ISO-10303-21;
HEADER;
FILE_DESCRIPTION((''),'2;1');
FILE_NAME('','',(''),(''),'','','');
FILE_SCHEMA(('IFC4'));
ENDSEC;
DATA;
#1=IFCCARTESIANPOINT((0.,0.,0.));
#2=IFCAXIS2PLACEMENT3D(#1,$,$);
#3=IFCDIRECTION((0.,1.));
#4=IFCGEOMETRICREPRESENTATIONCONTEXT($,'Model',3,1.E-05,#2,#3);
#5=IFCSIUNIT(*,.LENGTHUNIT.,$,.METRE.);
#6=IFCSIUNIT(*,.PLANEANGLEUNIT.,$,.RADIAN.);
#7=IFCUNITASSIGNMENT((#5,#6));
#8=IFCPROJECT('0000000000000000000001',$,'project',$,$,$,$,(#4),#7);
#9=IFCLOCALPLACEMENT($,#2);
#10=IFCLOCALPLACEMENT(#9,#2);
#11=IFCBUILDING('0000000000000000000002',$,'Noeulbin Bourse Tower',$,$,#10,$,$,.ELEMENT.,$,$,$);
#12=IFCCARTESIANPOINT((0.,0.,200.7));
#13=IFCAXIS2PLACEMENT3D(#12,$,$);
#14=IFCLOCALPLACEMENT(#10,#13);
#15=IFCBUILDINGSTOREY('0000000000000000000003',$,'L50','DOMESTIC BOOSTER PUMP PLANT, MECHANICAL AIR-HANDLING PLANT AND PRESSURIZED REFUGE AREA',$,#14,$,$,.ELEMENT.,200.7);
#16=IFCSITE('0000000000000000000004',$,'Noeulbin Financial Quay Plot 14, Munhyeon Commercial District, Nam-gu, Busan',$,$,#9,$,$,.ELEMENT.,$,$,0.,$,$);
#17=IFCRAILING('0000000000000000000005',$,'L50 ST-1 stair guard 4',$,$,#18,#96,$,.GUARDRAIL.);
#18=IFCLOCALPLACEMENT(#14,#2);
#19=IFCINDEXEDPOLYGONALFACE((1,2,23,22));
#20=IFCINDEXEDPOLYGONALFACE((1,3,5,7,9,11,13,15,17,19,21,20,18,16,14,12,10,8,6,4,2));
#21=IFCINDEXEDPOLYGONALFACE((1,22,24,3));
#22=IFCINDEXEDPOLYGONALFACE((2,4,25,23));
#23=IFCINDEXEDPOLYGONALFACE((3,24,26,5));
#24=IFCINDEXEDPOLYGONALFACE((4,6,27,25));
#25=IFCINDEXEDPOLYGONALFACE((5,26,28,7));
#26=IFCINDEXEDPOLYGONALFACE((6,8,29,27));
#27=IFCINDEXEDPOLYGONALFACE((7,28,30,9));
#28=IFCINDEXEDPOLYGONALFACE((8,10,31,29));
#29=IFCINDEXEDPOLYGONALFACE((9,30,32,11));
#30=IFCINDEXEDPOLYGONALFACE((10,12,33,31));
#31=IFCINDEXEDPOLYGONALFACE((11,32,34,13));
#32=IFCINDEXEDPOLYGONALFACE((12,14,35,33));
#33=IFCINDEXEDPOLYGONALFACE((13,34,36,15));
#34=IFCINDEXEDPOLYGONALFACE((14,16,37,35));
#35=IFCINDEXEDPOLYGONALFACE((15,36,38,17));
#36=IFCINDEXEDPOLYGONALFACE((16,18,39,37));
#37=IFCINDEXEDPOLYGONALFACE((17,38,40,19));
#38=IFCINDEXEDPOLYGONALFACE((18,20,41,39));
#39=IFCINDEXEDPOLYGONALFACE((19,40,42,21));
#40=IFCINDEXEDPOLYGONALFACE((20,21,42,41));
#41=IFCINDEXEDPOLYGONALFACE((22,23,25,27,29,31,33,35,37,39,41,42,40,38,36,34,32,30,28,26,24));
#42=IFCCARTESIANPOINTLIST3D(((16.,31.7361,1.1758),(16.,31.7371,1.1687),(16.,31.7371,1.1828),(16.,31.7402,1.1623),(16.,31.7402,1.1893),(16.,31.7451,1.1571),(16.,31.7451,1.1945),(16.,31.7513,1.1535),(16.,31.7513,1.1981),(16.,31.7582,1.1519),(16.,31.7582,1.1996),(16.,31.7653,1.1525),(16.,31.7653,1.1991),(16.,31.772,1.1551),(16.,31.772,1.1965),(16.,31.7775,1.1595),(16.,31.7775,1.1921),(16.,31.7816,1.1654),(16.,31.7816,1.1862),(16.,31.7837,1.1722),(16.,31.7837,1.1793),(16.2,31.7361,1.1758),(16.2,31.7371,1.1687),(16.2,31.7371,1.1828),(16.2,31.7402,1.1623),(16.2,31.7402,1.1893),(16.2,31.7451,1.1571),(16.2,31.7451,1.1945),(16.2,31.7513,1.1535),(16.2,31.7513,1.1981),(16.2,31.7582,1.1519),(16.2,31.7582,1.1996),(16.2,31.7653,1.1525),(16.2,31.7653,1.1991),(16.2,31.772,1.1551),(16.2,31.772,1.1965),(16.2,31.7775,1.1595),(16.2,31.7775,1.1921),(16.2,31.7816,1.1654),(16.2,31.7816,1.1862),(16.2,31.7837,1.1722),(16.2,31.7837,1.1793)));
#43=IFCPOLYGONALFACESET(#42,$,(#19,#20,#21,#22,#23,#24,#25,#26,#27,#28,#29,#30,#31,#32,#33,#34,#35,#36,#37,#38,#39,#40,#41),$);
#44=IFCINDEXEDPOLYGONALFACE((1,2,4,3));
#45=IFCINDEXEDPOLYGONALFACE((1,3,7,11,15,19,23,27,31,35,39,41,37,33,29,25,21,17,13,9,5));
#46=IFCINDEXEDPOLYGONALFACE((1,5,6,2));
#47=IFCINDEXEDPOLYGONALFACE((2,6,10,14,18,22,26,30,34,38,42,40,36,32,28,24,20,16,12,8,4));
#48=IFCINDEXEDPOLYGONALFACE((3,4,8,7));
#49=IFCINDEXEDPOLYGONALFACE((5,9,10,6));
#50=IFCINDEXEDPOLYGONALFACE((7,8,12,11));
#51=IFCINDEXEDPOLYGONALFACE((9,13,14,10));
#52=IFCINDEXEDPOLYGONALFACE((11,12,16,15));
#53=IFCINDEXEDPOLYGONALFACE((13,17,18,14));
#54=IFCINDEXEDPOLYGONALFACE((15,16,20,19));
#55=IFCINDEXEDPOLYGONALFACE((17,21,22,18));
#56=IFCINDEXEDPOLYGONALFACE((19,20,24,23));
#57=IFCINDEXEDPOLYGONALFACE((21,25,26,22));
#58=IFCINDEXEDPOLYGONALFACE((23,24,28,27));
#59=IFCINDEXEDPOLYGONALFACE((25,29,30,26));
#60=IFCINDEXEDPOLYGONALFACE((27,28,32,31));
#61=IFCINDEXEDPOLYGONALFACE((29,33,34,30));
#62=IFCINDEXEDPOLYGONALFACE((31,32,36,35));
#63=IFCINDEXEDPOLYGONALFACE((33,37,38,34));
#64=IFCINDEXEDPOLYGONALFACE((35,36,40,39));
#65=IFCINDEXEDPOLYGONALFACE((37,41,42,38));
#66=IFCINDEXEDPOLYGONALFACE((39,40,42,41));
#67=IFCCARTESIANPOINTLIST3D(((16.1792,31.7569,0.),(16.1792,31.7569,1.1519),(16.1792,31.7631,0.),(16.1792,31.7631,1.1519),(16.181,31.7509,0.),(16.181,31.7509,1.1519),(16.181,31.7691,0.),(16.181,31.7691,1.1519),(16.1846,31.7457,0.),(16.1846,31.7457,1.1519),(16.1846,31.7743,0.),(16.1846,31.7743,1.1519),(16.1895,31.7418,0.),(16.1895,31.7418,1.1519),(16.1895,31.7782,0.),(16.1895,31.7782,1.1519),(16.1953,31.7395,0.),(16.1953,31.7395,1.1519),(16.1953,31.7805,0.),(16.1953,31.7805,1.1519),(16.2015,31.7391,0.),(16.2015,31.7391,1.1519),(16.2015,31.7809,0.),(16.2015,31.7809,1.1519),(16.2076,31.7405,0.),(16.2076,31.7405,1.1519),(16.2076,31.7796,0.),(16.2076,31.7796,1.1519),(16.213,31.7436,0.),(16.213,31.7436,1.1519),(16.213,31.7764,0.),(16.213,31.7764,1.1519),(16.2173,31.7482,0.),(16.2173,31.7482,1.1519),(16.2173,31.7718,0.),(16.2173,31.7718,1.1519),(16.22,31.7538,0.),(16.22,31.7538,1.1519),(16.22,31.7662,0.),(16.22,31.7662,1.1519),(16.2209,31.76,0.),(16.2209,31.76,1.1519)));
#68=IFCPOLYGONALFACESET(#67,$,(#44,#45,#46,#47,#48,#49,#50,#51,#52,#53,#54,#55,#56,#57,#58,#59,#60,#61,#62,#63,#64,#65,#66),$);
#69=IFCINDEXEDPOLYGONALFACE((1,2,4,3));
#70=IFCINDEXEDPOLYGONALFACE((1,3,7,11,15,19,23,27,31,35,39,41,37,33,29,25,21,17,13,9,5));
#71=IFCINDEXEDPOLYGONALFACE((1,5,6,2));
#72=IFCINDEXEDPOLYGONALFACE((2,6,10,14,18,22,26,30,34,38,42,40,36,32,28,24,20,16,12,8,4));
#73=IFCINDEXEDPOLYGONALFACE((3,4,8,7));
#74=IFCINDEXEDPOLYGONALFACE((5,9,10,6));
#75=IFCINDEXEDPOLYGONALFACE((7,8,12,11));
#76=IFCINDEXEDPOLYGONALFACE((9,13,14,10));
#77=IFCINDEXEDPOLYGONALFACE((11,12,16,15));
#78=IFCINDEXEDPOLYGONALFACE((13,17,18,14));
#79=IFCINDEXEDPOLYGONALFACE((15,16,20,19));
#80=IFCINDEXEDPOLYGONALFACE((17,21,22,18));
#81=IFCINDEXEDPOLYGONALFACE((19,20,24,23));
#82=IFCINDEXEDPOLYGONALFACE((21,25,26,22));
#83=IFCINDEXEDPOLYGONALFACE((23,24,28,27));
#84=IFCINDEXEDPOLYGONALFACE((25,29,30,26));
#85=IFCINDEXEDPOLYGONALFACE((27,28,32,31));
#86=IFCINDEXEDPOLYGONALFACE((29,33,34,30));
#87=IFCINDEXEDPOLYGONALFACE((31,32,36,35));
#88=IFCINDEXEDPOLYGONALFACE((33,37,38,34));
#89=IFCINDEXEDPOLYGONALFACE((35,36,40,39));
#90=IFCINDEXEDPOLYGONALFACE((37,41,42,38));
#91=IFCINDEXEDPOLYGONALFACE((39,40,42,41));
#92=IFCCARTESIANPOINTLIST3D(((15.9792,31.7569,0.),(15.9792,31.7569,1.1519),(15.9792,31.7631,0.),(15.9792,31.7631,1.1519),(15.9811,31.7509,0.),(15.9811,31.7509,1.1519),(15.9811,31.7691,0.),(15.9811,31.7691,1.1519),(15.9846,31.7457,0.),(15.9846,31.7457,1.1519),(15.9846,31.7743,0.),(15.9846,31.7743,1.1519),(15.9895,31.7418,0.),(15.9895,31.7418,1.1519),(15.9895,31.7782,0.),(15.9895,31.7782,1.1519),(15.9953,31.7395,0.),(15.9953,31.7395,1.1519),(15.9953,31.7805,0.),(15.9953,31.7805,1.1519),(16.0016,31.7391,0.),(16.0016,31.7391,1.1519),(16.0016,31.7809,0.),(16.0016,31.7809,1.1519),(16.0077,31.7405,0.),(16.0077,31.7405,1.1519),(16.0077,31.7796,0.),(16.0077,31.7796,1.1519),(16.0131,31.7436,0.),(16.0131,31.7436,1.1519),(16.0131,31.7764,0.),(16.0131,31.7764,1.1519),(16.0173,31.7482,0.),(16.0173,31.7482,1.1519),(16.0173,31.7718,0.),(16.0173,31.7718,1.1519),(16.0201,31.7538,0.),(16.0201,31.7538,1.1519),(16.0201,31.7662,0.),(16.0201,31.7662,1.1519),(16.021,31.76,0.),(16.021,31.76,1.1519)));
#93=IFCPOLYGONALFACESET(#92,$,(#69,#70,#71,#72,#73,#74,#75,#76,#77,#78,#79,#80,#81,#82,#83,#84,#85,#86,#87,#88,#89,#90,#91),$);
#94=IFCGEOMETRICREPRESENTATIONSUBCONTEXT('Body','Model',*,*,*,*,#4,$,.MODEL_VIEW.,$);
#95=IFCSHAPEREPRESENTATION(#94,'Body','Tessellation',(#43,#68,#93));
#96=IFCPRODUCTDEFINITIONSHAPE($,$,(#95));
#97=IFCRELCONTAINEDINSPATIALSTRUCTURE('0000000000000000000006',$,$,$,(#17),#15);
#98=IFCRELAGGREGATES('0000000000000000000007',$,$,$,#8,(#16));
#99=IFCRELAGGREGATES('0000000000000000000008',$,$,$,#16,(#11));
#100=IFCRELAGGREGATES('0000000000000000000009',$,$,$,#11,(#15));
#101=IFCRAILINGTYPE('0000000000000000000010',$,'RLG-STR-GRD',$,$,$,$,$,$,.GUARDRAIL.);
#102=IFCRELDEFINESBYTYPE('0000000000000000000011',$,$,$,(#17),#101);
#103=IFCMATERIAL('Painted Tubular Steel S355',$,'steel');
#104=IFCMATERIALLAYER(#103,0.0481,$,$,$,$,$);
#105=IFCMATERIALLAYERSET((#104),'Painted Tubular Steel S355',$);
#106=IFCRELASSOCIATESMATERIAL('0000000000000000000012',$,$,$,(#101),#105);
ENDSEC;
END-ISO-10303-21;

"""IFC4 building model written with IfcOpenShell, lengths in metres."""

from ifc_helpers import new_model, si_unit, direction, frame, origin, origin_2d, place, context, subcontext, project, spatial, circle, extrude, material, layer, layer_set, type_object, element, save


model = new_model("IFC4")

# Units and contexts
model_context = context("Model", 3, precision=1e-05, world=origin(), true_north=direction((0.0, 1.0)))
body_context = subcontext(model_context, "Body", "Model", "MODEL_VIEW")
ifc_project = project(units=[si_unit("LENGTHUNIT", "METRE"), si_unit("PLANEANGLEUNIT", "RADIAN")], contexts=[model_context])

# Site, building, storey
site_placement = place(None, origin())
site = spatial("IfcSite", under=ifc_project, at=site_placement, Name="Noeulbin Financial Quay Plot 14, Munhyeon Commercial District, Nam-gu, Busan", CompositionType="ELEMENT", RefElevation=0.0)
building_placement = place(site_placement, origin())
building = spatial("IfcBuilding", under=site, at=building_placement, Name="Noeulbin Bourse Tower", CompositionType="ELEMENT")
storey_placement = place(building_placement, frame((0.0, 0.0, 200.7)))
storey = spatial("IfcBuildingStorey", under=building, at=storey_placement, Name="L50", Description="DOMESTIC BOOSTER PUMP PLANT, MECHANICAL AIR-HANDLING PLANT AND PRESSURIZED REFUGE AREA", CompositionType="ELEMENT", Elevation=200.7)

# Railing
ifc_material_1 = material(Name="Painted Tubular Steel S355", Category="steel")
ifc_layer_1 = layer(ifc_material_1, 0.0481)
ifc_layer_set_1 = layer_set([ifc_layer_1], Name="Painted Tubular Steel S355")
railing_type_1 = type_object("IfcRailingType", Name="RLG-STR-GRD", PredefinedType="GUARDRAIL", material=ifc_layer_set_1)
railing_1_placement = place(storey_placement, frame((16.2, 31.76, 0.0)))
element("IfcRailing", 1, at=railing_1_placement, inside=storey, type_object=railing_type_1, Name="L50 ST-1 stair guard 4", PredefinedType="GUARDRAIL", context=body_context, shape_type="SweptSolid", body=[
    extrude(circle(Radius=0.0239, at=origin_2d()), frame((0.0, 0.0, 1.1758), z_axis=(-1.0, 0.0, 0.0), x_axis=(0.0, -1.0, 0.0)), (0.0, 0.0, 1.0), 0.2),
    extrude(circle(Radius=0.021, at=origin_2d()), origin(), (0.0, 0.0, 1.0), 1.1519),
    extrude(circle(Radius=0.021, at=origin_2d()), frame((-0.2, 0.0, 0.0)), (0.0, 0.0, 1.0), 1.1519),
])

save(model, "model.ifc")
